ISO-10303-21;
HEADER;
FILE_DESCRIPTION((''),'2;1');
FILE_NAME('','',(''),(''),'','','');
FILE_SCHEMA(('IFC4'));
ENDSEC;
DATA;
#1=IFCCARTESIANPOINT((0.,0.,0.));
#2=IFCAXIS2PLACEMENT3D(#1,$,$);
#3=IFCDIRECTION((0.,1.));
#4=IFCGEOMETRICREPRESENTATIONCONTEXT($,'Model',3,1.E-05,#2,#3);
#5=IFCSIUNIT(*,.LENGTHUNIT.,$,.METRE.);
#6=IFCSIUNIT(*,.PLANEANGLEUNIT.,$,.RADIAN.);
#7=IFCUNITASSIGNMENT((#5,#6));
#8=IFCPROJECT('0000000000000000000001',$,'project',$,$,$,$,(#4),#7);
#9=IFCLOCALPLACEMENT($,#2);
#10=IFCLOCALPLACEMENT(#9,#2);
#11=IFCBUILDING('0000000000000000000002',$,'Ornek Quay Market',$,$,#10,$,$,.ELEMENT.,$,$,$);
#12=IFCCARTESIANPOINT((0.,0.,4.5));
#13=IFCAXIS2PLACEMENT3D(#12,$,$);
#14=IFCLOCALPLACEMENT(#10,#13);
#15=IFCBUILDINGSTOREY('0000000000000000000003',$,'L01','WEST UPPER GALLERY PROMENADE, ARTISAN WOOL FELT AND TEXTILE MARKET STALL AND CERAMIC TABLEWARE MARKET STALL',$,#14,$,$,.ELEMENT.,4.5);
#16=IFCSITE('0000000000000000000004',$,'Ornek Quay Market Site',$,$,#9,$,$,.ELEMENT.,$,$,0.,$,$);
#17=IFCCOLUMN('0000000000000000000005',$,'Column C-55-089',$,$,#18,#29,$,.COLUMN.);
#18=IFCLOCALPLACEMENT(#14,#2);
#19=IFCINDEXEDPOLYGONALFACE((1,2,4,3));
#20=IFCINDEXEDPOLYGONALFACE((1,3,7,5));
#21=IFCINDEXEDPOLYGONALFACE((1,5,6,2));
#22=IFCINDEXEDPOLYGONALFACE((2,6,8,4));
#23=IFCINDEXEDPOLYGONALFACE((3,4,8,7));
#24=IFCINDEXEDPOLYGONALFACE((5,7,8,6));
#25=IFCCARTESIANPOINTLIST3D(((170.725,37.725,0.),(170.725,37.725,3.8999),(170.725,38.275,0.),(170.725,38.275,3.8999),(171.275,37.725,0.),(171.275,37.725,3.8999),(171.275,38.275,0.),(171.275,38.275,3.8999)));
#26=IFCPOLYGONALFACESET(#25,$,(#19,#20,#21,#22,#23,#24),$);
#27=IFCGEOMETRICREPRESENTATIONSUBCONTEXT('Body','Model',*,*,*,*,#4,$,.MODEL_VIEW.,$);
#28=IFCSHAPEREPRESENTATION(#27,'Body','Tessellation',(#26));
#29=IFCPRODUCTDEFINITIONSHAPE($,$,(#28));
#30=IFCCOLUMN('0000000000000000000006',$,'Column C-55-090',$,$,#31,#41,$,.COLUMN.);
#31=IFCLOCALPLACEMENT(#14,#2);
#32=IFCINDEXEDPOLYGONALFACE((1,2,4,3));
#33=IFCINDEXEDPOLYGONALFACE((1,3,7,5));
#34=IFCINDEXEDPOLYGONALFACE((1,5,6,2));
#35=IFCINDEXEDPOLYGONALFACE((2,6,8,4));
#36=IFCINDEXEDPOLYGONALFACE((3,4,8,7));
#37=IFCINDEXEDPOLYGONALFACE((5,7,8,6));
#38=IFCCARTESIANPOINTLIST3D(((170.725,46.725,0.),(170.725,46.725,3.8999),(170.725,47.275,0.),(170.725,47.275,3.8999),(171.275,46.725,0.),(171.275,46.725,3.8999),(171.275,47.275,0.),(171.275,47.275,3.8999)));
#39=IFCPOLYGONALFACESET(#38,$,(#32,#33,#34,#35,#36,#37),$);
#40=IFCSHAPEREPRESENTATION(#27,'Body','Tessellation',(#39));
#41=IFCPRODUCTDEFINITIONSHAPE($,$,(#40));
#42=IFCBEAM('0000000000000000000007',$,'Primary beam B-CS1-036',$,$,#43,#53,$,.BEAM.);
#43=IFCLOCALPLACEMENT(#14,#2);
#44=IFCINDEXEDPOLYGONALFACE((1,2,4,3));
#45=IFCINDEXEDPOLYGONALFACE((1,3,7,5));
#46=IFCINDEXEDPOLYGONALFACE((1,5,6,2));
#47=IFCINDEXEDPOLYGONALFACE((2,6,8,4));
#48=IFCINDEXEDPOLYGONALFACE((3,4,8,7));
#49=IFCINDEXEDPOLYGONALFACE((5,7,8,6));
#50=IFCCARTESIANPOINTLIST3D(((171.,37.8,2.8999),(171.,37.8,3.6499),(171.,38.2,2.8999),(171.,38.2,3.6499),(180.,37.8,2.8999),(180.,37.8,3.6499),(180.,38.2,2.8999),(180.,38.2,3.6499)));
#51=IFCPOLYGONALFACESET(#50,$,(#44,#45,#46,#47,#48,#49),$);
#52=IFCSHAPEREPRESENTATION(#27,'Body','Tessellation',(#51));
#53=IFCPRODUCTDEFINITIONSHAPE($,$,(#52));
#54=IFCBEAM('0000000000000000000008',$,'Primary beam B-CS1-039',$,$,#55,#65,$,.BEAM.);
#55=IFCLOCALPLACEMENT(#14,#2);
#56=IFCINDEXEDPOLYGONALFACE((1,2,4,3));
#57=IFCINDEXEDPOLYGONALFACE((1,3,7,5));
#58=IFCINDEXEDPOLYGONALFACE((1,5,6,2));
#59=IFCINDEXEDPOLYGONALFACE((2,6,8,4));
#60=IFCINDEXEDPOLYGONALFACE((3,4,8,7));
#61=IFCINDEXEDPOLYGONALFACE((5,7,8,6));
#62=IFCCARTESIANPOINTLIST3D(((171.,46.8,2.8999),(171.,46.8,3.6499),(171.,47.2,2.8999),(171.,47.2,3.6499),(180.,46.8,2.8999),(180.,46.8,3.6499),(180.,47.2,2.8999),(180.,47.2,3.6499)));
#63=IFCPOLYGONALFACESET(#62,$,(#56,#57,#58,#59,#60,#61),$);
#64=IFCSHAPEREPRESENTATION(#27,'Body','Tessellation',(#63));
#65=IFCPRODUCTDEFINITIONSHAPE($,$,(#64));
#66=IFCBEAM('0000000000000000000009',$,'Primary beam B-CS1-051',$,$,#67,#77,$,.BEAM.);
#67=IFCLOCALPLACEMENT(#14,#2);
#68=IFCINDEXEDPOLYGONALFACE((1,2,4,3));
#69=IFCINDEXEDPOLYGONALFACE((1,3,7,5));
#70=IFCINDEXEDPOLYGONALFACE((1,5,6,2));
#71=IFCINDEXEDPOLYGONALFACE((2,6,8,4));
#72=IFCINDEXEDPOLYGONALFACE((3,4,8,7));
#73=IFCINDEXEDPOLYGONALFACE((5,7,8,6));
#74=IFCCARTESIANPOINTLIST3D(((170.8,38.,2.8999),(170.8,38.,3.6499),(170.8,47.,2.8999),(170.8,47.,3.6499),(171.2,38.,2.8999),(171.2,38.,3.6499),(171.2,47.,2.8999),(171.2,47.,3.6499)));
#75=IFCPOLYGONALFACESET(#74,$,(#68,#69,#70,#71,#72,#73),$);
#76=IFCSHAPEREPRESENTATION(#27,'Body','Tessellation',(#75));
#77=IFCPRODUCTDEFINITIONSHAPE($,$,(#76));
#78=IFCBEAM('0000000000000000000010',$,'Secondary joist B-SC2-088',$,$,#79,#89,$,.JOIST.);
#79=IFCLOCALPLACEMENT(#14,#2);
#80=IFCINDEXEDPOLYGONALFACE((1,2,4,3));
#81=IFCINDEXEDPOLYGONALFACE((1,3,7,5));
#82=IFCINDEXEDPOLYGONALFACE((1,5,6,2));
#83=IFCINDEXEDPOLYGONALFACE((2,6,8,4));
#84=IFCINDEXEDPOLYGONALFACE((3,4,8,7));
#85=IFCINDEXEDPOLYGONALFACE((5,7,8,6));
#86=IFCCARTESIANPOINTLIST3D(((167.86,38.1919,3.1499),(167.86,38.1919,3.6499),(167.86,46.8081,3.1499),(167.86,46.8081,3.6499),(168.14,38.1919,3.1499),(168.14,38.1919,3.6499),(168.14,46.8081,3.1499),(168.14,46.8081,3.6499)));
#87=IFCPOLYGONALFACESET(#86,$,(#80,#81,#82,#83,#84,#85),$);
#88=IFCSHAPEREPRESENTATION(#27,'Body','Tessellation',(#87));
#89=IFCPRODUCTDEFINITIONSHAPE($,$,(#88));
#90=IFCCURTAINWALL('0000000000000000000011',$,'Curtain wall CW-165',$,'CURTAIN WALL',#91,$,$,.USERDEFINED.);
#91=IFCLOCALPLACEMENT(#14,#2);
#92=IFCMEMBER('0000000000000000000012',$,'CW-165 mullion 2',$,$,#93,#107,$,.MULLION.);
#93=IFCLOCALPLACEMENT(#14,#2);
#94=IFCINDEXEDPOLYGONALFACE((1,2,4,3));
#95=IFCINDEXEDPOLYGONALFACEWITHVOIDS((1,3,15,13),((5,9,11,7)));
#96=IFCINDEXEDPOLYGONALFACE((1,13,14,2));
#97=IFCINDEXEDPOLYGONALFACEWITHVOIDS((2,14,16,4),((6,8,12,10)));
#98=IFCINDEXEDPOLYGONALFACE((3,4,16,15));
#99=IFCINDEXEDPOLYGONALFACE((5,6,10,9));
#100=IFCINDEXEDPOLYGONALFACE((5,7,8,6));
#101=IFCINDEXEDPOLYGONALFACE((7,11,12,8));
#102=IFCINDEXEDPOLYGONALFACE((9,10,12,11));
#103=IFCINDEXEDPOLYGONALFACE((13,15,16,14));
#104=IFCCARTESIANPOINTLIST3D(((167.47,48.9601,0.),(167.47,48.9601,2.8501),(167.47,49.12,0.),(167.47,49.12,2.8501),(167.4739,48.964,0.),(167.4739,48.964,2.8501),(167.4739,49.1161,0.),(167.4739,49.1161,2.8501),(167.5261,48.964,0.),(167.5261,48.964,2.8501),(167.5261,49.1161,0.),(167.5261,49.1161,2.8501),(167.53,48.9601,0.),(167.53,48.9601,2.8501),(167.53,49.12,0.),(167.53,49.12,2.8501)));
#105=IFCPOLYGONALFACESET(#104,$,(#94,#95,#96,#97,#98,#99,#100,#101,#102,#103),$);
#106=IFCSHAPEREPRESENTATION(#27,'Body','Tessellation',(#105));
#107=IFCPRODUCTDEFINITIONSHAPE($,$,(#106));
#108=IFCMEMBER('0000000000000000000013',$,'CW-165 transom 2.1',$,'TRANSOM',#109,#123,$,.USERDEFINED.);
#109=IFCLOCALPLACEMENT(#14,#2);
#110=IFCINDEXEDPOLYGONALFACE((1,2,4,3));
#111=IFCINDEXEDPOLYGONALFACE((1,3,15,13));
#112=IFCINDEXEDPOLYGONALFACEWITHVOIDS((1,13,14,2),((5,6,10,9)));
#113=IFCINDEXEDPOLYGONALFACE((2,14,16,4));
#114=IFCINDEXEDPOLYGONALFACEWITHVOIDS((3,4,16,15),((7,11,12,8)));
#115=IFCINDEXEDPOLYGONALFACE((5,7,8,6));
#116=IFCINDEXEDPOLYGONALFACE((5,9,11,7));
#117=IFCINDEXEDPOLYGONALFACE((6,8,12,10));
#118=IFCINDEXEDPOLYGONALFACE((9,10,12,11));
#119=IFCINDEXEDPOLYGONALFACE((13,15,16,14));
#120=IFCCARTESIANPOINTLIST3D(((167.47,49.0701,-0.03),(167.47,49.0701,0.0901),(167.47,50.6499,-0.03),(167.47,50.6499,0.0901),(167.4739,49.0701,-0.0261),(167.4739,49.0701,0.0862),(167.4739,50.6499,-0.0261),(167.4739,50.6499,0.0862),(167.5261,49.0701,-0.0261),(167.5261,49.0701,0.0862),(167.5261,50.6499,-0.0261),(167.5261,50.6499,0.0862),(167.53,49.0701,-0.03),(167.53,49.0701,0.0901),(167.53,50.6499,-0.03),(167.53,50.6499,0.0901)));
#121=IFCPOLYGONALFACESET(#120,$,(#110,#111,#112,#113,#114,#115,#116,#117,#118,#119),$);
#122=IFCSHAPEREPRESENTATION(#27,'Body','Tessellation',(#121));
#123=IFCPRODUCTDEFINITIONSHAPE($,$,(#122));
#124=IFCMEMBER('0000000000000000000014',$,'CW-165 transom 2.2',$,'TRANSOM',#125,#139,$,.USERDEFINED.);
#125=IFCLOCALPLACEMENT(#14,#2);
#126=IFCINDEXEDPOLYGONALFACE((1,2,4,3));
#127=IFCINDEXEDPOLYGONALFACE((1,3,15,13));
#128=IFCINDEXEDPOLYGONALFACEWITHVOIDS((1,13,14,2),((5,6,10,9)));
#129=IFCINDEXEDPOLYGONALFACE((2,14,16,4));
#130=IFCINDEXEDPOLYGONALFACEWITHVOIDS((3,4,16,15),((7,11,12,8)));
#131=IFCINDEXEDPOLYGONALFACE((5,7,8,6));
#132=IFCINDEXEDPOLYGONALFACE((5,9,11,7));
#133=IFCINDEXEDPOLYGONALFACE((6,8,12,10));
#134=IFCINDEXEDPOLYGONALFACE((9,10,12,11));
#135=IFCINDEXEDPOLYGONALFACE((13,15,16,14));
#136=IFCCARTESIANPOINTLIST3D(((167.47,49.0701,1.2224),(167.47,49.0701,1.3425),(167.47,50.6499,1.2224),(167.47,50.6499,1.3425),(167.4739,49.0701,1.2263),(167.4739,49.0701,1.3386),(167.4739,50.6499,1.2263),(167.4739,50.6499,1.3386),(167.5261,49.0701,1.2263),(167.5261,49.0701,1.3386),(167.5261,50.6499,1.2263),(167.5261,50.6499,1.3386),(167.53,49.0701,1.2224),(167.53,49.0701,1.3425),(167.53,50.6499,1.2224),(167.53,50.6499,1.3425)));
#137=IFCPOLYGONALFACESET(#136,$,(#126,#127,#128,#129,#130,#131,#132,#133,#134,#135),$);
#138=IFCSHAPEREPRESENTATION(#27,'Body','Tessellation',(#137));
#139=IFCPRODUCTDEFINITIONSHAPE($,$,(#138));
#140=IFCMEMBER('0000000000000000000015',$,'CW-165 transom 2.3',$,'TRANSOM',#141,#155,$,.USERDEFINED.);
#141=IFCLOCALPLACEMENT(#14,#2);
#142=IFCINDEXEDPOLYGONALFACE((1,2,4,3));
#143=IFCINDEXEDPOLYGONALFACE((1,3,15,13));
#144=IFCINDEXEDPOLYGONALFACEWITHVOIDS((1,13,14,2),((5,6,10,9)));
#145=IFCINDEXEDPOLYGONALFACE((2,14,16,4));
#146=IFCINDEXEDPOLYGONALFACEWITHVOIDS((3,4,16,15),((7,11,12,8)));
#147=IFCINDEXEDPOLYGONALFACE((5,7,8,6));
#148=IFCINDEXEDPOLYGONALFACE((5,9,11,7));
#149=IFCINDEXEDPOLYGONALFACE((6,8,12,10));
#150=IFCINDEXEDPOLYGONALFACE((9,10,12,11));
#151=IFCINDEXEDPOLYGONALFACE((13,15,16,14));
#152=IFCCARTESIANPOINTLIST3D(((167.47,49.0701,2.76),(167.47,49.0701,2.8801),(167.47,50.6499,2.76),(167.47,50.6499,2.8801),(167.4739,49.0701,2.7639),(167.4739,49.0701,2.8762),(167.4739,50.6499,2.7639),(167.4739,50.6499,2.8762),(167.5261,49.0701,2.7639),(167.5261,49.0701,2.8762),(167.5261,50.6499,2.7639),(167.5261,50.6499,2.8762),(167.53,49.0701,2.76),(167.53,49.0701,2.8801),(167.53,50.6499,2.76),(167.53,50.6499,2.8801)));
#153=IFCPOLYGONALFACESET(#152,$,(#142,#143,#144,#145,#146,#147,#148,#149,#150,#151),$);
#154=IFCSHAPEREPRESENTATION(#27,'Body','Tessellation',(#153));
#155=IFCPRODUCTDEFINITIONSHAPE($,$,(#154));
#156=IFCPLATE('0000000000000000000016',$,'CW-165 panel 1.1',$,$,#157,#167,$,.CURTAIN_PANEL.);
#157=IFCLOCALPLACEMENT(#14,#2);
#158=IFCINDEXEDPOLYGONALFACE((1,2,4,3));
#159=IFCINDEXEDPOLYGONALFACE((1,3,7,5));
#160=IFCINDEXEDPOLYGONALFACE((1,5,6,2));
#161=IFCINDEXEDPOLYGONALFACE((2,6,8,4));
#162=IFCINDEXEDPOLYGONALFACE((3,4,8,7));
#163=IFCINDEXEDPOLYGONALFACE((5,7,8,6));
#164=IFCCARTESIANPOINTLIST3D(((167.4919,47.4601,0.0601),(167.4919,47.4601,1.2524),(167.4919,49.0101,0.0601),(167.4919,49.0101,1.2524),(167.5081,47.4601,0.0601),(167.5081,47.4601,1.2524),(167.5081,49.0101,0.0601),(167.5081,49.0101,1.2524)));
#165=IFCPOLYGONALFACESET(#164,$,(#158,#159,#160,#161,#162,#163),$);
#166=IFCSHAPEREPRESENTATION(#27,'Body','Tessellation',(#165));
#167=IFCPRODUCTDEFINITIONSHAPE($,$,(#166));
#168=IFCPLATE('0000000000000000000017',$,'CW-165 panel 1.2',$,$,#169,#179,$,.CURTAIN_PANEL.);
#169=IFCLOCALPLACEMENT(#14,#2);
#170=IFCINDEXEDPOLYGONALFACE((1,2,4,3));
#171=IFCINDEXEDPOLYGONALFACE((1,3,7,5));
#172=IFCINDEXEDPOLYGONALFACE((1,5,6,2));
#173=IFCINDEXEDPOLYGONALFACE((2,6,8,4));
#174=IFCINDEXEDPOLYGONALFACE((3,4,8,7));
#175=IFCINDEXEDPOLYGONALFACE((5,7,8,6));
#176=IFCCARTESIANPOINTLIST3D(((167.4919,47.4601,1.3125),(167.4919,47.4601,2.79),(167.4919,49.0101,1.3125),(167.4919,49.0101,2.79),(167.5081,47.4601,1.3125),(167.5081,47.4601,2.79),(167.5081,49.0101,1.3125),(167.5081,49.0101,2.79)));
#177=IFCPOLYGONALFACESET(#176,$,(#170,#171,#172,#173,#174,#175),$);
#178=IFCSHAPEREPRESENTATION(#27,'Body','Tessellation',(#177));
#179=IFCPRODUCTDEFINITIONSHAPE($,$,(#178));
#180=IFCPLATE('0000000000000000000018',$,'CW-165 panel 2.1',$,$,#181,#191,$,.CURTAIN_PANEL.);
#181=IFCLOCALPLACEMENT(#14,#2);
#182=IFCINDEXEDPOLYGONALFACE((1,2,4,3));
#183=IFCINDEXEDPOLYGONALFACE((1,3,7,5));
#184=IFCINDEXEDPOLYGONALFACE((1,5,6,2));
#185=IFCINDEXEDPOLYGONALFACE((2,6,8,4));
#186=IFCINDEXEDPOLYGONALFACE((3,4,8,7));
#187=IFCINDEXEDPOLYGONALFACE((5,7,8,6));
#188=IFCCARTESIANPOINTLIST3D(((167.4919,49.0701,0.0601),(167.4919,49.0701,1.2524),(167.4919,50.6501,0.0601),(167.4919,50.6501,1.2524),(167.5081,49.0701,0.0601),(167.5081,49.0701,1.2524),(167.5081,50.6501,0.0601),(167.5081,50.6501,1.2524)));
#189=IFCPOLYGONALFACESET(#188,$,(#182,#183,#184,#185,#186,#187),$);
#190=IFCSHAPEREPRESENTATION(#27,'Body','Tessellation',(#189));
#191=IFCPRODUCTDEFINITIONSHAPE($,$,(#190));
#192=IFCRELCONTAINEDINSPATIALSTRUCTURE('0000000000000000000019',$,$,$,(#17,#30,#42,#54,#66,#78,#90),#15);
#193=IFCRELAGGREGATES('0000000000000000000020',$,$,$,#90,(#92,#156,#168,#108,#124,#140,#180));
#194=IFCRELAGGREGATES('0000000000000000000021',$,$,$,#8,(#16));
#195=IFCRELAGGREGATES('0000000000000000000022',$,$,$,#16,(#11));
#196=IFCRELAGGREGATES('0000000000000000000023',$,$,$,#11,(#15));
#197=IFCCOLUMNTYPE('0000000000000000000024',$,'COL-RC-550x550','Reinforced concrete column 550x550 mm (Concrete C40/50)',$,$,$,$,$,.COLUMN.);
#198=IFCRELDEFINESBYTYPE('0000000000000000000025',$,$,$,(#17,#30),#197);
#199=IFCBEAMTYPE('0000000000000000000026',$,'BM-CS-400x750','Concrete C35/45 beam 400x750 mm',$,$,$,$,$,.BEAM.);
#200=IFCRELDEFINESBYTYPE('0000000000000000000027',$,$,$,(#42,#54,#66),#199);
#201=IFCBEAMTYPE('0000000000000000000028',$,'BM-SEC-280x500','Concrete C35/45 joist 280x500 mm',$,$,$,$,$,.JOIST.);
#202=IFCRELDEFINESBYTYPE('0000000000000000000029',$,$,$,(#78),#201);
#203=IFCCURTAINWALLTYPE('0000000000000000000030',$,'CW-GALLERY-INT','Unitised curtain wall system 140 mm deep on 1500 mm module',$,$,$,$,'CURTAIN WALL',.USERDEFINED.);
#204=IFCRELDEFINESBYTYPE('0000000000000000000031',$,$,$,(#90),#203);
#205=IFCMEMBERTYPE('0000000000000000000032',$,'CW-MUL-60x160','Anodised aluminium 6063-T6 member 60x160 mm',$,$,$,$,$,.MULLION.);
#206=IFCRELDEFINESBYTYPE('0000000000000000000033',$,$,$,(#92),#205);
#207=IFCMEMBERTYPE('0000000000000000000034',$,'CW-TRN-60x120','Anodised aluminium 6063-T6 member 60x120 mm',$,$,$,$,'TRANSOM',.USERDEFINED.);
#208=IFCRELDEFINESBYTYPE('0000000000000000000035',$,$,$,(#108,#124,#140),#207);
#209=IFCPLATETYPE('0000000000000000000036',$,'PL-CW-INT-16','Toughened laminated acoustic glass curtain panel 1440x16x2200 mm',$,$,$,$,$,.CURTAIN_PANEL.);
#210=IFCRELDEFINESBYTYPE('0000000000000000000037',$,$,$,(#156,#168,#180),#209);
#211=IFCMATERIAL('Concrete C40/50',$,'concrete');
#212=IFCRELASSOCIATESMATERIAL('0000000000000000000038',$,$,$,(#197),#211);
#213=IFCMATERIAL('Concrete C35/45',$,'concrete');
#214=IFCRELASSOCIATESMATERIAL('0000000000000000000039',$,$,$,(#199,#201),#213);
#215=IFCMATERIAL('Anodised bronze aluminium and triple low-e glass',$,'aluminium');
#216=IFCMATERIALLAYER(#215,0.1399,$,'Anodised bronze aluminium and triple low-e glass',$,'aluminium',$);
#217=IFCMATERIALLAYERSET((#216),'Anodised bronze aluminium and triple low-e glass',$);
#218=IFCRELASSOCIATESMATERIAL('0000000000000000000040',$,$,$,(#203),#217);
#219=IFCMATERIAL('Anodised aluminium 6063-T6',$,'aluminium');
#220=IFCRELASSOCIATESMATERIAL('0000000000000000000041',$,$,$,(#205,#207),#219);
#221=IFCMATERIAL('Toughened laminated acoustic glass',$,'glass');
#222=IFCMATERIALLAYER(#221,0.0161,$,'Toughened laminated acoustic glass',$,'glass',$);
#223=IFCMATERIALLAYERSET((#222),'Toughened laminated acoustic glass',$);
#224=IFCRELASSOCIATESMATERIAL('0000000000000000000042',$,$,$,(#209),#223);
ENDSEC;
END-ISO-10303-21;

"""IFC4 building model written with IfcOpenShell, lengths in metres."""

from ifc_helpers import new_model, si_unit, direction, frame, origin, origin_2d, place, context, subcontext, project, spatial, rectangle, hollow_rectangle, extrude, material, layer, layer_set, material_profile, profile_set, type_object, element, aggregate, save


model = new_model("IFC4")

# Units and contexts
model_context = context("Model", 3, precision=1e-05, world=origin(), true_north=direction((0.0, 1.0)))
body_context = subcontext(model_context, "Body", "Model", "MODEL_VIEW")
ifc_project = project(units=[si_unit("LENGTHUNIT", "METRE"), si_unit("PLANEANGLEUNIT", "RADIAN")], contexts=[model_context])

# Site, building, storey
site_placement = place(None, origin())
site = spatial("IfcSite", under=ifc_project, at=site_placement, Name="Ornek Quay Market Site", CompositionType="ELEMENT", RefElevation=0.0)
building_placement = place(site_placement, origin())
building = spatial("IfcBuilding", under=site, at=building_placement, Name="Ornek Quay Market", CompositionType="ELEMENT")
storey_placement = place(building_placement, frame((0.0, 0.0, 4.5)))
storey = spatial("IfcBuildingStorey", under=building, at=storey_placement, Name="L01", Description="WEST UPPER GALLERY PROMENADE, ARTISAN WOOL FELT AND TEXTILE MARKET STALL AND CERAMIC TABLEWARE MARKET STALL", CompositionType="ELEMENT", Elevation=4.5)

# Columns
ifc_material_1 = material(Name="Concrete C40/50", Category="concrete")
ifc_material_profile_1 = material_profile(ifc_material_1, rectangle(XDim=0.55, YDim=0.55, at=origin_2d()), Name="RC 550x550", Category="concrete")
ifc_profile_set_1 = profile_set([ifc_material_profile_1], Name="Concrete C40/50")
column_type = type_object("IfcColumnType", Name="COL-RC-550x550", Description="Reinforced concrete column 550x550 mm (Concrete C40/50)", PredefinedType="COLUMN", material=ifc_profile_set_1)
for number, where, z_axis, x_axis, name in (
    (1, (171.0, 38.0, 0.0), (0.0, 0.0, 1.0), (1.0, 0.0, 0.0), "Column C-55-089"),
    (2, (171.0, 47.0, 0.0), (0.0, 0.0, 1.0), (1.0, 0.0, 0.0), "Column C-55-090"),
):
    element("IfcColumn", number, at=place(storey_placement, frame(where, z_axis=z_axis, x_axis=x_axis)), inside=storey, type_object=column_type, Name=name, PredefinedType="COLUMN", context=body_context, shape_type="SweptSolid", body=[
        extrude(rectangle(XDim=0.55, YDim=0.55, at=origin_2d()), origin(), (0.0, 0.0, 1.0), 3.8999),
    ])

# Beams
ifc_material_2 = material(Name="Concrete C35/45", Category="concrete")
ifc_material_profile_2 = material_profile(ifc_material_2, rectangle(XDim=0.3999, YDim=0.75, at=origin_2d()), Name="RC 400x750", Category="concrete")
ifc_profile_set_2 = profile_set([ifc_material_profile_2], Name="Concrete C35/45")
beam_type_1 = type_object("IfcBeamType", Name="BM-CS-400x750", Description="Concrete C35/45 beam 400x750 mm", PredefinedType="BEAM", material=ifc_profile_set_2)
for number, where, z_axis, x_axis, name in (
    (3, (171.0, 38.0, 3.2749), (1.0, 0.0, 0.0), (0.0, 1.0, 0.0), "Primary beam B-CS1-036"),
    (4, (171.0, 47.0, 3.2749), (1.0, 0.0, 0.0), (0.0, 1.0, 0.0), "Primary beam B-CS1-039"),
    (5, (171.0, 38.0, 3.2749), (0.0, 1.0, 0.0), (-1.0, 0.0, 0.0), "Primary beam B-CS1-051"),
):
    element("IfcBeam", number, at=place(storey_placement, frame(where, z_axis=z_axis, x_axis=x_axis)), inside=storey, type_object=beam_type_1, Name=name, PredefinedType="BEAM", context=body_context, shape_type="SweptSolid", body=[
        extrude(rectangle(XDim=0.3999, YDim=0.75, at=origin_2d()), origin(), (0.0, 0.0, 1.0), 9.0),
    ])
ifc_material_profile_3 = material_profile(ifc_material_2, rectangle(XDim=0.28, YDim=0.5, at=origin_2d()), Name="RC 280x500", Category="concrete")
ifc_profile_set_3 = profile_set([ifc_material_profile_3], Name="Concrete C35/45")
beam_type_2 = type_object("IfcBeamType", Name="BM-SEC-280x500", Description="Concrete C35/45 joist 280x500 mm", PredefinedType="JOIST", material=ifc_profile_set_3)
beam_placement = place(storey_placement, frame((168.0, 38.1919, 3.3999), z_axis=(0.0, 1.0, 0.0), x_axis=(-1.0, 0.0, 0.0)))
element("IfcBeam", 6, at=beam_placement, inside=storey, type_object=beam_type_2, Name="Secondary joist B-SC2-088", PredefinedType="JOIST", context=body_context, shape_type="SweptSolid", body=[
    extrude(rectangle(XDim=0.28, YDim=0.5, at=origin_2d()), origin(), (0.0, 0.0, 1.0), 8.6162),
])

# Curtain wall, members, plates
ifc_material_3 = material(Name="Anodised bronze aluminium and triple low-e glass", Category="aluminium")
ifc_layer_1 = layer(ifc_material_3, 0.1399, Name="Anodised bronze aluminium and triple low-e glass", Category="aluminium")
ifc_layer_set_1 = layer_set([ifc_layer_1], Name="Anodised bronze aluminium and triple low-e glass")
curtain_wall_type = type_object("IfcCurtainWallType", Name="CW-GALLERY-INT", Description="Unitised curtain wall system 140 mm deep on 1500 mm module", ElementType="CURTAIN WALL", PredefinedType="USERDEFINED", material=ifc_layer_set_1)
curtain_wall_placement = place(storey_placement, origin())
curtain_wall = element("IfcCurtainWall", 7, at=curtain_wall_placement, inside=storey, type_object=curtain_wall_type, Name="Curtain wall CW-165", ObjectType="CURTAIN WALL", PredefinedType="USERDEFINED")
ifc_material_4 = material(Name="Anodised aluminium 6063-T6", Category="aluminium")
ifc_material_profile_4 = material_profile(ifc_material_4, hollow_rectangle(XDim=0.0601, YDim=0.1599, WallThickness=0.0039, at=origin_2d()), Name="CW-MUL-60x160", Category="aluminium")
ifc_profile_set_4 = profile_set([ifc_material_profile_4], Name="Anodised aluminium 6063-T6")
member_type_1 = type_object("IfcMemberType", Name="CW-MUL-60x160", Description="Anodised aluminium 6063-T6 member 60x160 mm", PredefinedType="MULLION", material=ifc_profile_set_4)
member_1_placement = place(storey_placement, frame((167.5, 49.04, 0.0), z_axis=(0.0, 0.0, 1.0), x_axis=(-1.0, 0.0, 0.0)))
member_1 = element("IfcMember", 8, at=member_1_placement, type_object=member_type_1, Name="CW-165 mullion 2", PredefinedType="MULLION", context=body_context, shape_type="SweptSolid", body=[
    extrude(hollow_rectangle(XDim=0.0601, YDim=0.1599, WallThickness=0.0039, at=origin_2d()), origin(), (0.0, 0.0, 1.0), 2.8501),
])
ifc_material_profile_5 = material_profile(ifc_material_4, hollow_rectangle(XDim=0.0601, YDim=0.1201, WallThickness=0.0039, at=origin_2d()), Name="CW-TRN-60x120", Category="aluminium")
ifc_profile_set_5 = profile_set([ifc_material_profile_5], Name="Anodised aluminium 6063-T6")
member_type_2 = type_object("IfcMemberType", Name="CW-TRN-60x120", Description="Anodised aluminium 6063-T6 member 60x120 mm", ElementType="TRANSOM", PredefinedType="USERDEFINED", material=ifc_profile_set_5)
member_2_placement = place(storey_placement, frame((167.5, 49.0701, 0.03), z_axis=(0.0, 1.0, 0.0), x_axis=(-1.0, 0.0, 0.0)))
member_2 = element("IfcMember", 9, at=member_2_placement, type_object=member_type_2, Name="CW-165 transom 2.1", ObjectType="TRANSOM", PredefinedType="USERDEFINED", context=body_context, shape_type="SweptSolid", body=[
    extrude(hollow_rectangle(XDim=0.0601, YDim=0.1201, WallThickness=0.0039, at=origin_2d()), origin(), (0.0, 0.0, 1.0), 1.5798),
])
member_3_placement = place(storey_placement, frame((167.5, 49.0701, 1.2825), z_axis=(0.0, 1.0, 0.0), x_axis=(-1.0, 0.0, 0.0)))
member_3 = element("IfcMember", 10, at=member_3_placement, type_object=member_type_2, Name="CW-165 transom 2.2", ObjectType="TRANSOM", PredefinedType="USERDEFINED", context=body_context, shape_type="SweptSolid", body=[
    extrude(hollow_rectangle(XDim=0.0601, YDim=0.1201, WallThickness=0.0039, at=origin_2d()), origin(), (0.0, 0.0, 1.0), 1.5798),
])
member_4_placement = place(storey_placement, frame((167.5, 49.0701, 2.8201), z_axis=(0.0, 1.0, 0.0), x_axis=(-1.0, 0.0, 0.0)))
member_4 = element("IfcMember", 11, at=member_4_placement, type_object=member_type_2, Name="CW-165 transom 2.3", ObjectType="TRANSOM", PredefinedType="USERDEFINED", context=body_context, shape_type="SweptSolid", body=[
    extrude(hollow_rectangle(XDim=0.0601, YDim=0.1201, WallThickness=0.0039, at=origin_2d()), origin(), (0.0, 0.0, 1.0), 1.5798),
])
ifc_material_5 = material(Name="Toughened laminated acoustic glass", Category="glass")
ifc_layer_2 = layer(ifc_material_5, 0.0161, Name="Toughened laminated acoustic glass", Category="glass")
ifc_layer_set_2 = layer_set([ifc_layer_2], Name="Toughened laminated acoustic glass")
plate_type = type_object("IfcPlateType", Name="PL-CW-INT-16", Description="Toughened laminated acoustic glass curtain panel 1440x16x2200 mm", PredefinedType="CURTAIN_PANEL", material=ifc_layer_set_2)
plate_1_placement = place(storey_placement, frame((167.5, 48.2351, 0.0601), z_axis=(0.0, 0.0, 1.0), x_axis=(0.0, 1.0, 0.0)))
plate_1 = element("IfcPlate", 12, at=plate_1_placement, type_object=plate_type, Name="CW-165 panel 1.1", PredefinedType="CURTAIN_PANEL", context=body_context, shape_type="SweptSolid", body=[
    extrude(rectangle(XDim=1.55, YDim=0.0161, at=origin_2d()), origin(), (0.0, 0.0, 1.0), 1.1924),
])
plate_2_placement = place(storey_placement, frame((167.5, 48.2351, 1.3125), z_axis=(0.0, 0.0, 1.0), x_axis=(0.0, 1.0, 0.0)))
plate_2 = element("IfcPlate", 13, at=plate_2_placement, type_object=plate_type, Name="CW-165 panel 1.2", PredefinedType="CURTAIN_PANEL", context=body_context, shape_type="SweptSolid", body=[
    extrude(rectangle(XDim=1.55, YDim=0.0161, at=origin_2d()), origin(), (0.0, 0.0, 1.0), 1.4775),
])
plate_3_placement = place(storey_placement, frame((167.5, 49.8601, 0.0601), z_axis=(0.0, 0.0, 1.0), x_axis=(0.0, 1.0, 0.0)))
plate_3 = element("IfcPlate", 14, at=plate_3_placement, type_object=plate_type, Name="CW-165 panel 2.1", PredefinedType="CURTAIN_PANEL", context=body_context, shape_type="SweptSolid", body=[
    extrude(rectangle(XDim=1.5801, YDim=0.0161, at=origin_2d()), origin(), (0.0, 0.0, 1.0), 1.1924),
])
aggregate(curtain_wall, [member_1, plate_1, plate_2, member_2, member_3, member_4, plate_3])

save(model, "model.ifc")
